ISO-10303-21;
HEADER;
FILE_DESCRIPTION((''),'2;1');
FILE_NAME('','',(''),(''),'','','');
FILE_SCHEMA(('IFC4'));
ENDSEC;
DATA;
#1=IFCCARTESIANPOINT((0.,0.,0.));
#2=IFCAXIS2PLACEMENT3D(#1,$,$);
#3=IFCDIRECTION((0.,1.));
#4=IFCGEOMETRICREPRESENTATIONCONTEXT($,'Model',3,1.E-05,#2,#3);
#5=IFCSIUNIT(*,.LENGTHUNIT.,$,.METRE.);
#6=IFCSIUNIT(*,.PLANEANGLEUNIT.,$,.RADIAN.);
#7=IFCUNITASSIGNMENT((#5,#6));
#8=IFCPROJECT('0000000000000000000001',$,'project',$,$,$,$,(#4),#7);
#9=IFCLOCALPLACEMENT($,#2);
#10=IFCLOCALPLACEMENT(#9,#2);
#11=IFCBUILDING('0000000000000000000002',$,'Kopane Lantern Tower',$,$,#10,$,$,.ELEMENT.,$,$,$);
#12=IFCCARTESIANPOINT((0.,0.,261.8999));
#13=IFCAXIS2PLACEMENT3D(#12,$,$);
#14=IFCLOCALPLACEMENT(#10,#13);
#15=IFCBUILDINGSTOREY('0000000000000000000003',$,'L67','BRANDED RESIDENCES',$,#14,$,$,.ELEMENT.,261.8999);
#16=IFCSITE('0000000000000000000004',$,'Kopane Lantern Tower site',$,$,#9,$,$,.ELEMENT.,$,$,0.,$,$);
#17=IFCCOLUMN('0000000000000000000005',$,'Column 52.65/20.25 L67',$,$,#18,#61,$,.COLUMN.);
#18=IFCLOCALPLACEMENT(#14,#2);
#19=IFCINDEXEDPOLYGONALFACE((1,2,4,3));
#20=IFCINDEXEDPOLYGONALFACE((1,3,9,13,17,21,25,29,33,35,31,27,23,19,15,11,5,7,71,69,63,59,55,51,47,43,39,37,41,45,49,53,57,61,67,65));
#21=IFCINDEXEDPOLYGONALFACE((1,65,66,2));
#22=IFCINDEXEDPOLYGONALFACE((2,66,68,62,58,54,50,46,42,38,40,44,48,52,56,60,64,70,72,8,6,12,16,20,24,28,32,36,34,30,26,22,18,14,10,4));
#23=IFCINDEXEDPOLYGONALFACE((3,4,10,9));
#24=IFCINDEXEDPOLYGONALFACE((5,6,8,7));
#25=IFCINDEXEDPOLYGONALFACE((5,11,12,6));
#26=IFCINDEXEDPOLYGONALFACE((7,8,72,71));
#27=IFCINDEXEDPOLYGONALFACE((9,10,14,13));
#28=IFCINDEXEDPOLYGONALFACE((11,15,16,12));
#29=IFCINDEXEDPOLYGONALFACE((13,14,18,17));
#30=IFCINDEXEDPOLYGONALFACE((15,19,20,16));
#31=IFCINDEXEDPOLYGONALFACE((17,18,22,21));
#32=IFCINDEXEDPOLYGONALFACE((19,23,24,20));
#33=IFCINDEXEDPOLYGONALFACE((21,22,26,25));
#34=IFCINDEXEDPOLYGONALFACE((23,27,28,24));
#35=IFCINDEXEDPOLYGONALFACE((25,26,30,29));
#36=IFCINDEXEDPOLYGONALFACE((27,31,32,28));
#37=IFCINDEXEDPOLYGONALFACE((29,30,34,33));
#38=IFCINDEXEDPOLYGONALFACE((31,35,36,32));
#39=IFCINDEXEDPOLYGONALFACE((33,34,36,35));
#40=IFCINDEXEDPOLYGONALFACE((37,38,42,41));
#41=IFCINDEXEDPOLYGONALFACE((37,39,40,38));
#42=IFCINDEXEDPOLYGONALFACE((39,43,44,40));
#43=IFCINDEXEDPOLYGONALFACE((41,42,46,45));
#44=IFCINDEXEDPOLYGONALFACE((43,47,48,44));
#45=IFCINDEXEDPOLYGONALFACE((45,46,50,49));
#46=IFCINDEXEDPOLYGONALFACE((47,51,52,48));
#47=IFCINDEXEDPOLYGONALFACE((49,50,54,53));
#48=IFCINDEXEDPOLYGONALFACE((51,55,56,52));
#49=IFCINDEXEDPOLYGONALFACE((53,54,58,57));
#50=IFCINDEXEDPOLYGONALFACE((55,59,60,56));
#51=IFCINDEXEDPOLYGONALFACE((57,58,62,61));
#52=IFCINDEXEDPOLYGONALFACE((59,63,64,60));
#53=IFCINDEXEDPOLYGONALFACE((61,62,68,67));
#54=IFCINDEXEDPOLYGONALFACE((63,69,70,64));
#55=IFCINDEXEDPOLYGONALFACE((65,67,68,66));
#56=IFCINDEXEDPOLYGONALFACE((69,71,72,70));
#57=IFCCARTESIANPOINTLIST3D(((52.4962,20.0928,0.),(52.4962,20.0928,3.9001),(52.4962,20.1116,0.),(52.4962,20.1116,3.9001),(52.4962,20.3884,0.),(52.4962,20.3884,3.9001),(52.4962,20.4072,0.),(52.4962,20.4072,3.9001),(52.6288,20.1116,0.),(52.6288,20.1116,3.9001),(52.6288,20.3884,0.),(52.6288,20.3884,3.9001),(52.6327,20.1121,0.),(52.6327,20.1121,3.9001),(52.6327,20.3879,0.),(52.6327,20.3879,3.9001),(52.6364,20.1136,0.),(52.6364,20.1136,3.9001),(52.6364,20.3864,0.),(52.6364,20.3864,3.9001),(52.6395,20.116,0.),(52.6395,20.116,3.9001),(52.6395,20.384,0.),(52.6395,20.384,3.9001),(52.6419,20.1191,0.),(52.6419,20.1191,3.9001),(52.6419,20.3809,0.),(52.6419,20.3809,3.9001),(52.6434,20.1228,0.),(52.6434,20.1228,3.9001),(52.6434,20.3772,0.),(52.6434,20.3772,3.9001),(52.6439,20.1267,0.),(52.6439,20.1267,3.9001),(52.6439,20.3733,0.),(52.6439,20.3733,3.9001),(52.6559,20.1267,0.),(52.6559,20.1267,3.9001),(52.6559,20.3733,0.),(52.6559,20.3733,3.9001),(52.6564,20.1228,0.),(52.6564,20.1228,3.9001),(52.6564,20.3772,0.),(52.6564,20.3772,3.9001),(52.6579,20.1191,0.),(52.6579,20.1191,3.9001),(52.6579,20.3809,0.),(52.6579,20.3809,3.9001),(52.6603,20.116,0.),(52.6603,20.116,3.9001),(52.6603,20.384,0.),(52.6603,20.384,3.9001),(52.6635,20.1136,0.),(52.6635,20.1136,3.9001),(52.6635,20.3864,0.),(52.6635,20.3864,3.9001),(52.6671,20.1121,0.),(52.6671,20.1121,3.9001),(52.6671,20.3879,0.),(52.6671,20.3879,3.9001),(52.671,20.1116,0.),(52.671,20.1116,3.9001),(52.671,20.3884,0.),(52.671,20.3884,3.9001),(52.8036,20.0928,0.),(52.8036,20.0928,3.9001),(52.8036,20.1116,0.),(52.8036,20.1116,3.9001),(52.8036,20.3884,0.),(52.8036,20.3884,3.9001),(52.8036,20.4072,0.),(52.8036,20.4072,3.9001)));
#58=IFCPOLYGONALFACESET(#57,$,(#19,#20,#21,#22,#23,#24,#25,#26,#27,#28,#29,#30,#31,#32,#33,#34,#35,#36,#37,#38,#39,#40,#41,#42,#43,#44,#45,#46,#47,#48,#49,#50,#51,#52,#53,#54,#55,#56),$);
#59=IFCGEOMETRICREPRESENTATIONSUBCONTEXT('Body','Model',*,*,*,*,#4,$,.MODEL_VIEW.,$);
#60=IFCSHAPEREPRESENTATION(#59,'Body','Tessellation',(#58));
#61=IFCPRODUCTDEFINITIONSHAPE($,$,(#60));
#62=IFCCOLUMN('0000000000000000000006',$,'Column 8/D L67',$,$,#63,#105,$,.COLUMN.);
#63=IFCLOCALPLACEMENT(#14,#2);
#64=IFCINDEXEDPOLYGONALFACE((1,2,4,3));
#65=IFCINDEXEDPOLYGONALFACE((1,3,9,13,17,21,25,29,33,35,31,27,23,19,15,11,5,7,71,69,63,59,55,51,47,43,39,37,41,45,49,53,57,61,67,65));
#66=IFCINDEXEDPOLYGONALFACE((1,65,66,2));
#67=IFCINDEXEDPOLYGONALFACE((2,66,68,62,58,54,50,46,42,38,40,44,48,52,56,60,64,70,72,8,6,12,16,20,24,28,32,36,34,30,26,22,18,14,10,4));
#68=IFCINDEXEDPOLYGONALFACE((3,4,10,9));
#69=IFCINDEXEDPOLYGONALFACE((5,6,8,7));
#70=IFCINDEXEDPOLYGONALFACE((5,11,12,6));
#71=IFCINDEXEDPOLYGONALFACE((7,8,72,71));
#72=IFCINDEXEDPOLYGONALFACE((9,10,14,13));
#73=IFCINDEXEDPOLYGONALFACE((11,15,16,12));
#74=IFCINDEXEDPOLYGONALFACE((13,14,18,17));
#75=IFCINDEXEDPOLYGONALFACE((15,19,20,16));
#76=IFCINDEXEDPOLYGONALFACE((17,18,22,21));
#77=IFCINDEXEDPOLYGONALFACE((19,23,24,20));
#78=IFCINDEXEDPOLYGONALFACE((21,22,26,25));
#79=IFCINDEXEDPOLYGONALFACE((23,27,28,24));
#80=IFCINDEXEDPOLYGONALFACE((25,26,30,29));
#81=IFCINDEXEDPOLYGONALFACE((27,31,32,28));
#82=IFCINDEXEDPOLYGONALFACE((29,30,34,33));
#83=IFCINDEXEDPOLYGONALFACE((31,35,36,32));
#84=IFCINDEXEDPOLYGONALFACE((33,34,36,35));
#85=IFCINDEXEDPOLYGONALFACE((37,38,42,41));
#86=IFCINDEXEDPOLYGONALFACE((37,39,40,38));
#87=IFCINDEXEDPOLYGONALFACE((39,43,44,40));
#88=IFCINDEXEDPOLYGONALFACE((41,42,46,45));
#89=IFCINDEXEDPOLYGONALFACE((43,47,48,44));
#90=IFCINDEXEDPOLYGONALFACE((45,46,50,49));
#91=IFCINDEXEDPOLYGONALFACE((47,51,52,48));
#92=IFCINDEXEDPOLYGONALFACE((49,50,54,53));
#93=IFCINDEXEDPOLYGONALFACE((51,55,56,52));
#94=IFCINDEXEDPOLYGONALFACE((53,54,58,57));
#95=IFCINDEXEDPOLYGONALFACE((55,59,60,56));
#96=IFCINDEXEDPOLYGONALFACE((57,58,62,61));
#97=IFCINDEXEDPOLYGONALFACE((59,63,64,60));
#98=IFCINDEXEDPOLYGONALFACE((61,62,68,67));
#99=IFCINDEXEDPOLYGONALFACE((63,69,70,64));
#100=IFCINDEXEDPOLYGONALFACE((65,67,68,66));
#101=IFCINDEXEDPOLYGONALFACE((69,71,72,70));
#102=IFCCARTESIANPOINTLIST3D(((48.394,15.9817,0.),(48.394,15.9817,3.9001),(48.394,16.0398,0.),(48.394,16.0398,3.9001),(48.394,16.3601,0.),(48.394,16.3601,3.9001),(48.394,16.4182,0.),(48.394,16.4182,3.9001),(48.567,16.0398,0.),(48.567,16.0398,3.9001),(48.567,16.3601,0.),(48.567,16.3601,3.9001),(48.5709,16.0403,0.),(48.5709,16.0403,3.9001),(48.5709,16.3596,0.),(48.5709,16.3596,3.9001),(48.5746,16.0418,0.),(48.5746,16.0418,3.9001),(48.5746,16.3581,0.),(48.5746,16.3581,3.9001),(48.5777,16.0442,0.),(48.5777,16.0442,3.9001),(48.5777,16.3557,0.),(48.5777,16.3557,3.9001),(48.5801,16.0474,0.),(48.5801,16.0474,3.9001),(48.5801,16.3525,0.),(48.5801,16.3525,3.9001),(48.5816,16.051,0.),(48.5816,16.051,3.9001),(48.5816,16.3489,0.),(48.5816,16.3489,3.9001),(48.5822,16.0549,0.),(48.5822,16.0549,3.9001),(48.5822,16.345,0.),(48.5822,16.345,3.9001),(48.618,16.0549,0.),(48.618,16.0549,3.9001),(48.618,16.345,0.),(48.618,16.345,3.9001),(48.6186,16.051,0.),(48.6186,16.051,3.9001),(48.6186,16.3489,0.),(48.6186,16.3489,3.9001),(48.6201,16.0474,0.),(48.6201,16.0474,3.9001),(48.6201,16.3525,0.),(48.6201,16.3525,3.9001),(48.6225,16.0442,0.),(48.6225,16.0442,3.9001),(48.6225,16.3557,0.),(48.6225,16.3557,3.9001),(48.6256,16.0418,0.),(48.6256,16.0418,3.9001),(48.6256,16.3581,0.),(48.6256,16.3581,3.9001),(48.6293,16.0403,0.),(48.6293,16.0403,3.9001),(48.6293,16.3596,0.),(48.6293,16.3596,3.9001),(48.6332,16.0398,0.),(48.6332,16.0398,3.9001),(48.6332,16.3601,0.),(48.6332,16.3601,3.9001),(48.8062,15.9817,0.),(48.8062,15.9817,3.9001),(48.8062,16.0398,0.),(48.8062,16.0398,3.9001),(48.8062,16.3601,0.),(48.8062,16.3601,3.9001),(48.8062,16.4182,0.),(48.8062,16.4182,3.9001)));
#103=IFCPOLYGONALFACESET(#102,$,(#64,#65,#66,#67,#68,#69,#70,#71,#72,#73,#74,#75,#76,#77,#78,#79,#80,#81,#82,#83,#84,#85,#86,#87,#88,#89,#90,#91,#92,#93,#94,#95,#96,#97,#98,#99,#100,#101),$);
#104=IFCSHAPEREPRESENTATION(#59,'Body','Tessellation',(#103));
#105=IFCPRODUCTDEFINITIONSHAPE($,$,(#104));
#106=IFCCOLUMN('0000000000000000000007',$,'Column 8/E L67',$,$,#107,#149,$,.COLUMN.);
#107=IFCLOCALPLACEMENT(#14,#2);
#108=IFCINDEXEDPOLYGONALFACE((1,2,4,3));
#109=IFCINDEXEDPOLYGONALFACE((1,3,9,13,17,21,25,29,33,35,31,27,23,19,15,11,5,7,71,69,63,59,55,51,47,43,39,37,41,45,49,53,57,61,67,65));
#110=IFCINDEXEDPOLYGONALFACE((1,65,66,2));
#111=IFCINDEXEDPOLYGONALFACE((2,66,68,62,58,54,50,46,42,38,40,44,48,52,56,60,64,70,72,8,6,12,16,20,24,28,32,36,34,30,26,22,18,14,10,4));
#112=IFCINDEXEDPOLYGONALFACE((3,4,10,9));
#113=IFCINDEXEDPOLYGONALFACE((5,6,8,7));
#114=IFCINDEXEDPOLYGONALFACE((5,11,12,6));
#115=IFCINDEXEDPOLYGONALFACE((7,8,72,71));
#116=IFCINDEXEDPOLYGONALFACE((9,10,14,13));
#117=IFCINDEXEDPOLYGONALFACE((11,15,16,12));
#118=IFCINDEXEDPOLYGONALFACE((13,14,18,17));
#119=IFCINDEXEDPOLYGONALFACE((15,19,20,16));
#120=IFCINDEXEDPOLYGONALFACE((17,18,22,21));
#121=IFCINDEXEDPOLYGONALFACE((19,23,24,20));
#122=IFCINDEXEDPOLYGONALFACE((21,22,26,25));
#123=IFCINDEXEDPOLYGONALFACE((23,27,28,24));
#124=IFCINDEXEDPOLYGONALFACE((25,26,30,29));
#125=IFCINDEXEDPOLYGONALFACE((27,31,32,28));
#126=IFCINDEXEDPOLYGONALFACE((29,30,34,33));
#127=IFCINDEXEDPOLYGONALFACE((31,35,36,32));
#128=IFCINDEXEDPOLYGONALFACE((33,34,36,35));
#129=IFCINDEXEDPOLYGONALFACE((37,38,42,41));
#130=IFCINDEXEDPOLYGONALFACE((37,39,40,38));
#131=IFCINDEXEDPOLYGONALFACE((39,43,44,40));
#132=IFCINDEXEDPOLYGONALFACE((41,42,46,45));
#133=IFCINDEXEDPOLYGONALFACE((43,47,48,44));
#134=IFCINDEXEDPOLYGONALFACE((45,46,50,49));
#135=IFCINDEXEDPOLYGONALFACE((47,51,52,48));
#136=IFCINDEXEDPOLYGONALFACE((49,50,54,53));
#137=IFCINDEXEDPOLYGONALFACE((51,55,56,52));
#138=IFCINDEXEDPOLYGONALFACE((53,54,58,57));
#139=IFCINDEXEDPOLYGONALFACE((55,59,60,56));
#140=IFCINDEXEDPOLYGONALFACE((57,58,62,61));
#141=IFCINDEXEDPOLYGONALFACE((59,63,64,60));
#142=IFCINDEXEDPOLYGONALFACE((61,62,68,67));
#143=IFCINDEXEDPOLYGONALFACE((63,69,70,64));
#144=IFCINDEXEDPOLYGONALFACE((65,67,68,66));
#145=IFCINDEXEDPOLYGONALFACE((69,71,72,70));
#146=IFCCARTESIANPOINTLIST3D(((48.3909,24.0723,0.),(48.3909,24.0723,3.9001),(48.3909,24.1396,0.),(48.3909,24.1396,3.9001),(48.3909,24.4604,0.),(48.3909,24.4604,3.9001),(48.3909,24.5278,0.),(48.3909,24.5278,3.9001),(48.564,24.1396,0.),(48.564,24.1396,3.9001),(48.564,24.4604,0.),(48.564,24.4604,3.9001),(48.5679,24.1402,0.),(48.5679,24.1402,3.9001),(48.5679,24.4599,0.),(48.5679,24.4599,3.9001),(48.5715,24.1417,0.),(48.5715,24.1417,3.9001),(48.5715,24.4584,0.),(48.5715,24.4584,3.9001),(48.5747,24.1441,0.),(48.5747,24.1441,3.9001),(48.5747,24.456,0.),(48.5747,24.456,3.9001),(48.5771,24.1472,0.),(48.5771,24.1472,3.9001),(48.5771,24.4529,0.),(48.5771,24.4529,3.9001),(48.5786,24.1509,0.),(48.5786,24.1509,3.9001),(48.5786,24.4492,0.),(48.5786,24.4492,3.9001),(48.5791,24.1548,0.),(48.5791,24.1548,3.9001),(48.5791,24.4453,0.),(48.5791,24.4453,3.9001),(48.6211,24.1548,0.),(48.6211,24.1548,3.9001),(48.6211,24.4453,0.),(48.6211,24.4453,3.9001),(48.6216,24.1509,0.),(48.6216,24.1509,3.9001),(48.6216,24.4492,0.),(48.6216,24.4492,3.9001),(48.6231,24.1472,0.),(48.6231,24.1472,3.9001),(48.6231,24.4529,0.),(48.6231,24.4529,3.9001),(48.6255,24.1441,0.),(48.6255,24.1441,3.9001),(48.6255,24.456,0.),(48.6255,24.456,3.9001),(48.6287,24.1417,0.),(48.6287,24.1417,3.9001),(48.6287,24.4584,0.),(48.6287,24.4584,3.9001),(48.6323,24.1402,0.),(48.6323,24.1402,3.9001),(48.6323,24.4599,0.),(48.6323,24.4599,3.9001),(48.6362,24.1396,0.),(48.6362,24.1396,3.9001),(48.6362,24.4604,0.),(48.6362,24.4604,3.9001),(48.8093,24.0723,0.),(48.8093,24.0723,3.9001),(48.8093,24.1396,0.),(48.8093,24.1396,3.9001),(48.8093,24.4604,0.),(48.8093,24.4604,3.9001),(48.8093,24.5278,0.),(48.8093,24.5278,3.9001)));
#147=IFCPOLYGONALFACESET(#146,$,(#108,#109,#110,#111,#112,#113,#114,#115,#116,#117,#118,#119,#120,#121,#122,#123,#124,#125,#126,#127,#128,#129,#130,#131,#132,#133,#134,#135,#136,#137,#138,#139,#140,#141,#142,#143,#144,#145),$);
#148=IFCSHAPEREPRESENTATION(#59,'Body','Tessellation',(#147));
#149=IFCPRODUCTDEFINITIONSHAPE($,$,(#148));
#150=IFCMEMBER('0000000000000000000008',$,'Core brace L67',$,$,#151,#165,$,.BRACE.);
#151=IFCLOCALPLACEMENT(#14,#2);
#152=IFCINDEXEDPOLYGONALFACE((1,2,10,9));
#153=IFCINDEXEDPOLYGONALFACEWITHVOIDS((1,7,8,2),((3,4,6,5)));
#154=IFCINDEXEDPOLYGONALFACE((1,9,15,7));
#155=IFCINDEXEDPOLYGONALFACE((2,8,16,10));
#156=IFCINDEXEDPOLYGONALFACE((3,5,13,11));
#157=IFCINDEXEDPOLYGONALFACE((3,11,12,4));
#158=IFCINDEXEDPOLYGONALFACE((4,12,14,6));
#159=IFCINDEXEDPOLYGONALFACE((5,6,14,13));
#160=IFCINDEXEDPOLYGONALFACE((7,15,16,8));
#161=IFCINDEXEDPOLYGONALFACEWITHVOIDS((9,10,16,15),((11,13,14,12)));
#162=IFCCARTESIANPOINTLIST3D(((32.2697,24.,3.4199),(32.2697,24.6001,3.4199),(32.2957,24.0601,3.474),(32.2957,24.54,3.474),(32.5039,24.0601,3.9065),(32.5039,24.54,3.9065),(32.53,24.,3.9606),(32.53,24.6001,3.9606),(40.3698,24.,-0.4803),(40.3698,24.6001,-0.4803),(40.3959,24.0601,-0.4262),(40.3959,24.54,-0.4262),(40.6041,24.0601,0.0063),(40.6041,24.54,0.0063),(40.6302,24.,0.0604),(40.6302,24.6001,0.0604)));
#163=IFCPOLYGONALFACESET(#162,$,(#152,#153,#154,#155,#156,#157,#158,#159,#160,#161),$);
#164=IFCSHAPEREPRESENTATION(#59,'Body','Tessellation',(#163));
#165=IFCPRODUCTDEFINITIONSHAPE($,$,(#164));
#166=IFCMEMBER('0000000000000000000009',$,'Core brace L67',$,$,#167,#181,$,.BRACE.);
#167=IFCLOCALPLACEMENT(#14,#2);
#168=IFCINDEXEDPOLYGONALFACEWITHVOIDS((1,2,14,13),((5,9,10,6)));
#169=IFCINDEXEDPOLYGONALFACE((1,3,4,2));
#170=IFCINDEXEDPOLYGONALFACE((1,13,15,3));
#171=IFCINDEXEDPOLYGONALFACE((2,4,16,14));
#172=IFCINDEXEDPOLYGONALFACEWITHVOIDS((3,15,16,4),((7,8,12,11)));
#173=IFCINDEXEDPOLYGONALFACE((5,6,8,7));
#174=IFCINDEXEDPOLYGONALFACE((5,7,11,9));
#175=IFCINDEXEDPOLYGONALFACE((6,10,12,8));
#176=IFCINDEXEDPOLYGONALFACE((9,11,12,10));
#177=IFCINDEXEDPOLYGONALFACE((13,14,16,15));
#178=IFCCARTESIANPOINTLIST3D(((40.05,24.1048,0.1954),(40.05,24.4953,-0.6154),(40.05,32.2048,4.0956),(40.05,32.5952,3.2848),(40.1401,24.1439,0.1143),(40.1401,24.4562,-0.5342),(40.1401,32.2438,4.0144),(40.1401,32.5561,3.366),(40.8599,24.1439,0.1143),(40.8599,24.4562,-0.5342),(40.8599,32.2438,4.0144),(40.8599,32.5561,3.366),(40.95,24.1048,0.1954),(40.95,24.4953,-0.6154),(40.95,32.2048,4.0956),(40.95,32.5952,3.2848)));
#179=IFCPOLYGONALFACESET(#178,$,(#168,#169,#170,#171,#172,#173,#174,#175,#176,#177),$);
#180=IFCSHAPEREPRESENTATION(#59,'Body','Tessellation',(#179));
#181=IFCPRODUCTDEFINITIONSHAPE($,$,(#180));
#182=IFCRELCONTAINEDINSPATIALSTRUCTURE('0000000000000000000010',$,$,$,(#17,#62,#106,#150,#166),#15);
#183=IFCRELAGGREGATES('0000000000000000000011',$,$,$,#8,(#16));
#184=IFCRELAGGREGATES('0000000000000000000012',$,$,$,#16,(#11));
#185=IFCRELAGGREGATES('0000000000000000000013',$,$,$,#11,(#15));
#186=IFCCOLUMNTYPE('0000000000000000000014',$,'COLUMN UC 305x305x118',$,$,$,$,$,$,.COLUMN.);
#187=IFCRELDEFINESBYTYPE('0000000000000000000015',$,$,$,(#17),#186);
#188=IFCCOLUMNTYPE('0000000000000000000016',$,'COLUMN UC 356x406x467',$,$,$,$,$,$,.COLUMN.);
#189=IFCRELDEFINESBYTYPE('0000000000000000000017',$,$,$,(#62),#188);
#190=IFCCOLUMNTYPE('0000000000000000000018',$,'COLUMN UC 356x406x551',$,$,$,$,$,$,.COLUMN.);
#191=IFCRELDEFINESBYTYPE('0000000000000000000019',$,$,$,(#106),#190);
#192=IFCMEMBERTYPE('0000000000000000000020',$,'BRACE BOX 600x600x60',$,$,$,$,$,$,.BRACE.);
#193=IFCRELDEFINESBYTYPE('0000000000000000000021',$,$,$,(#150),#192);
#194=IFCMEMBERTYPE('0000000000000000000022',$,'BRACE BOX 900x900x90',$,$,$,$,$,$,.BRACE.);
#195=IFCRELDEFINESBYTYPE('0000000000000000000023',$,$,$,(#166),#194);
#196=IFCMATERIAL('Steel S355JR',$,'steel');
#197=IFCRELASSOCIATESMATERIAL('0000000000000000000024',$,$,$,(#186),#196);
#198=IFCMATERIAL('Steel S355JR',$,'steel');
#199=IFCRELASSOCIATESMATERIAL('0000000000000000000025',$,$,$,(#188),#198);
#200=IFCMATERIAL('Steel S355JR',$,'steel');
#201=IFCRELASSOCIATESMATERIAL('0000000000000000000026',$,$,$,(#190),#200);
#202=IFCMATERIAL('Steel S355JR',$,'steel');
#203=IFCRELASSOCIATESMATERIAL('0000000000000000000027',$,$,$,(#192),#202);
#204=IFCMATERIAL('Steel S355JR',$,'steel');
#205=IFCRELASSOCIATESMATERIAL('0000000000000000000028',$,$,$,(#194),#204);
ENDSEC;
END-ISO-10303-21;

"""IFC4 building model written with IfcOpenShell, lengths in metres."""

from ifc_helpers import new_model, si_unit, direction, frame, origin, origin_2d, place, context, subcontext, project, spatial, hollow_rectangle, i_section, extrude, material, material_profile, profile_set, type_object, element, save


model = new_model("IFC4")

# Units and contexts
model_context = context("Model", 3, precision=1e-05, world=origin(), true_north=direction((0.0, 1.0)))
body_context = subcontext(model_context, "Body", "Model", "MODEL_VIEW")
ifc_project = project(units=[si_unit("LENGTHUNIT", "METRE"), si_unit("PLANEANGLEUNIT", "RADIAN")], contexts=[model_context])

# Site, building, storey
site_placement = place(None, origin())
site = spatial("IfcSite", under=ifc_project, at=site_placement, Name="Kopane Lantern Tower site", CompositionType="ELEMENT", RefElevation=0.0)
building_placement = place(site_placement, origin())
building = spatial("IfcBuilding", under=site, at=building_placement, Name="Kopane Lantern Tower", CompositionType="ELEMENT")
storey_placement = place(building_placement, frame((0.0, 0.0, 261.8999)))
storey = spatial("IfcBuildingStorey", under=building, at=storey_placement, Name="L67", Description="BRANDED RESIDENCES", CompositionType="ELEMENT", Elevation=261.8999)

# Columns
ifc_material_1 = material(Name="Steel S355JR", Category="steel")
ifc_material_profile_1 = material_profile(ifc_material_1, i_section(OverallWidth=0.3074, OverallDepth=0.3145, WebThickness=0.012, FlangeThickness=0.0188, FilletRadius=0.0151, at=origin_2d()), Name="UC 305x305x118")
ifc_profile_set_1 = profile_set([ifc_material_profile_1], Name="Steel S355JR")
column_type_1 = type_object("IfcColumnType", Name="COLUMN UC 305x305x118", PredefinedType="COLUMN", material=ifc_profile_set_1)
column_1_placement = place(storey_placement, frame((52.6499, 20.25, 0.0), z_axis=(0.0, 0.0, 1.0), x_axis=(1.0, 0.0, 0.0)))
element("IfcColumn", 1, at=column_1_placement, inside=storey, type_object=column_type_1, Name="Column 52.65/20.25 L67", PredefinedType="COLUMN", context=body_context, shape_type="SweptSolid", body=[
    extrude(i_section(OverallWidth=0.3074, OverallDepth=0.3145, WebThickness=0.012, FlangeThickness=0.0188, FilletRadius=0.0151, at=origin_2d()), origin(), (0.0, 0.0, 1.0), 3.9001),
])
ifc_material_2 = material(Name="Steel S355JR", Category="steel")
ifc_material_profile_2 = material_profile(ifc_material_2, i_section(OverallWidth=0.4121, OverallDepth=0.4365, WebThickness=0.0359, FlangeThickness=0.0581, FilletRadius=0.0151, at=origin_2d()), Name="UC 356x406x467")
ifc_profile_set_2 = profile_set([ifc_material_profile_2], Name="Steel S355JR")
column_type_2 = type_object("IfcColumnType", Name="COLUMN UC 356x406x467", PredefinedType="COLUMN", material=ifc_profile_set_2)
column_2_placement = place(storey_placement, frame((48.6001, 16.2, 0.0), z_axis=(0.0, 0.0, 1.0), x_axis=(1.0, 0.0, 0.0)))
element("IfcColumn", 2, at=column_2_placement, inside=storey, type_object=column_type_2, Name="Column 8/D L67", PredefinedType="COLUMN", context=body_context, shape_type="SweptSolid", body=[
    extrude(i_section(OverallWidth=0.4121, OverallDepth=0.4365, WebThickness=0.0359, FlangeThickness=0.0581, FilletRadius=0.0151, at=origin_2d()), origin(), (0.0, 0.0, 1.0), 3.9001),
])
ifc_material_3 = material(Name="Steel S355JR", Category="steel")
ifc_material_profile_3 = material_profile(ifc_material_3, i_section(OverallWidth=0.4185, OverallDepth=0.4556, WebThickness=0.042, FlangeThickness=0.0674, FilletRadius=0.0151, at=origin_2d()), Name="UC 356x406x551")
ifc_profile_set_3 = profile_set([ifc_material_profile_3], Name="Steel S355JR")
column_type_3 = type_object("IfcColumnType", Name="COLUMN UC 356x406x551", PredefinedType="COLUMN", material=ifc_profile_set_3)
column_3_placement = place(storey_placement, frame((48.6001, 24.3, 0.0), z_axis=(0.0, 0.0, 1.0), x_axis=(1.0, 0.0, 0.0)))
element("IfcColumn", 3, at=column_3_placement, inside=storey, type_object=column_type_3, Name="Column 8/E L67", PredefinedType="COLUMN", context=body_context, shape_type="SweptSolid", body=[
    extrude(i_section(OverallWidth=0.4185, OverallDepth=0.4556, WebThickness=0.042, FlangeThickness=0.0674, FilletRadius=0.0151, at=origin_2d()), origin(), (0.0, 0.0, 1.0), 3.9001),
])

# Members
ifc_material_4 = material(Name="Steel S355JR", Category="steel")
ifc_material_profile_4 = material_profile(ifc_material_4, hollow_rectangle(XDim=0.6001, YDim=0.6001, WallThickness=0.0601, at=origin_2d()), Name="BOX 600x600x60")
ifc_profile_set_4 = profile_set([ifc_material_profile_4], Name="Steel S355JR")
member_type_1 = type_object("IfcMemberType", Name="BRACE BOX 600x600x60", PredefinedType="BRACE", material=ifc_profile_set_4)
member_1_placement = place(storey_placement, frame((40.5, 24.3, -0.21), z_axis=(-0.900997, 0.0, 0.433825), x_axis=(0.0, -1.0, 0.0)))
element("IfcMember", 4, at=member_1_placement, inside=storey, type_object=member_type_1, Name="Core brace L67", PredefinedType="BRACE", context=body_context, shape_type="SweptSolid", body=[
    extrude(hollow_rectangle(XDim=0.6001, YDim=0.6001, WallThickness=0.0601, at=origin_2d()), origin(), (0.0, 0.0, 1.0), 8.9902),
])
ifc_material_5 = material(Name="Steel S355JR", Category="steel")
ifc_material_profile_5 = material_profile(ifc_material_5, hollow_rectangle(XDim=0.8999, YDim=0.8999, WallThickness=0.0901, at=origin_2d()), Name="BOX 900x900x90")
ifc_profile_set_5 = profile_set([ifc_material_profile_5], Name="Steel S355JR")
member_type_2 = type_object("IfcMemberType", Name="BRACE BOX 900x900x90", PredefinedType="BRACE", material=ifc_profile_set_5)
member_2_placement = place(storey_placement, frame((40.5, 24.3, -0.21), z_axis=(0.0, 0.900992, 0.433835), x_axis=(-1.0, 0.0, 0.0)))
element("IfcMember", 5, at=member_2_placement, inside=storey, type_object=member_type_2, Name="Core brace L67", PredefinedType="BRACE", context=body_context, shape_type="SweptSolid", body=[
    extrude(hollow_rectangle(XDim=0.8999, YDim=0.8999, WallThickness=0.0901, at=origin_2d()), origin(), (0.0, 0.0, 1.0), 8.99),
])

save(model, "model.ifc")
